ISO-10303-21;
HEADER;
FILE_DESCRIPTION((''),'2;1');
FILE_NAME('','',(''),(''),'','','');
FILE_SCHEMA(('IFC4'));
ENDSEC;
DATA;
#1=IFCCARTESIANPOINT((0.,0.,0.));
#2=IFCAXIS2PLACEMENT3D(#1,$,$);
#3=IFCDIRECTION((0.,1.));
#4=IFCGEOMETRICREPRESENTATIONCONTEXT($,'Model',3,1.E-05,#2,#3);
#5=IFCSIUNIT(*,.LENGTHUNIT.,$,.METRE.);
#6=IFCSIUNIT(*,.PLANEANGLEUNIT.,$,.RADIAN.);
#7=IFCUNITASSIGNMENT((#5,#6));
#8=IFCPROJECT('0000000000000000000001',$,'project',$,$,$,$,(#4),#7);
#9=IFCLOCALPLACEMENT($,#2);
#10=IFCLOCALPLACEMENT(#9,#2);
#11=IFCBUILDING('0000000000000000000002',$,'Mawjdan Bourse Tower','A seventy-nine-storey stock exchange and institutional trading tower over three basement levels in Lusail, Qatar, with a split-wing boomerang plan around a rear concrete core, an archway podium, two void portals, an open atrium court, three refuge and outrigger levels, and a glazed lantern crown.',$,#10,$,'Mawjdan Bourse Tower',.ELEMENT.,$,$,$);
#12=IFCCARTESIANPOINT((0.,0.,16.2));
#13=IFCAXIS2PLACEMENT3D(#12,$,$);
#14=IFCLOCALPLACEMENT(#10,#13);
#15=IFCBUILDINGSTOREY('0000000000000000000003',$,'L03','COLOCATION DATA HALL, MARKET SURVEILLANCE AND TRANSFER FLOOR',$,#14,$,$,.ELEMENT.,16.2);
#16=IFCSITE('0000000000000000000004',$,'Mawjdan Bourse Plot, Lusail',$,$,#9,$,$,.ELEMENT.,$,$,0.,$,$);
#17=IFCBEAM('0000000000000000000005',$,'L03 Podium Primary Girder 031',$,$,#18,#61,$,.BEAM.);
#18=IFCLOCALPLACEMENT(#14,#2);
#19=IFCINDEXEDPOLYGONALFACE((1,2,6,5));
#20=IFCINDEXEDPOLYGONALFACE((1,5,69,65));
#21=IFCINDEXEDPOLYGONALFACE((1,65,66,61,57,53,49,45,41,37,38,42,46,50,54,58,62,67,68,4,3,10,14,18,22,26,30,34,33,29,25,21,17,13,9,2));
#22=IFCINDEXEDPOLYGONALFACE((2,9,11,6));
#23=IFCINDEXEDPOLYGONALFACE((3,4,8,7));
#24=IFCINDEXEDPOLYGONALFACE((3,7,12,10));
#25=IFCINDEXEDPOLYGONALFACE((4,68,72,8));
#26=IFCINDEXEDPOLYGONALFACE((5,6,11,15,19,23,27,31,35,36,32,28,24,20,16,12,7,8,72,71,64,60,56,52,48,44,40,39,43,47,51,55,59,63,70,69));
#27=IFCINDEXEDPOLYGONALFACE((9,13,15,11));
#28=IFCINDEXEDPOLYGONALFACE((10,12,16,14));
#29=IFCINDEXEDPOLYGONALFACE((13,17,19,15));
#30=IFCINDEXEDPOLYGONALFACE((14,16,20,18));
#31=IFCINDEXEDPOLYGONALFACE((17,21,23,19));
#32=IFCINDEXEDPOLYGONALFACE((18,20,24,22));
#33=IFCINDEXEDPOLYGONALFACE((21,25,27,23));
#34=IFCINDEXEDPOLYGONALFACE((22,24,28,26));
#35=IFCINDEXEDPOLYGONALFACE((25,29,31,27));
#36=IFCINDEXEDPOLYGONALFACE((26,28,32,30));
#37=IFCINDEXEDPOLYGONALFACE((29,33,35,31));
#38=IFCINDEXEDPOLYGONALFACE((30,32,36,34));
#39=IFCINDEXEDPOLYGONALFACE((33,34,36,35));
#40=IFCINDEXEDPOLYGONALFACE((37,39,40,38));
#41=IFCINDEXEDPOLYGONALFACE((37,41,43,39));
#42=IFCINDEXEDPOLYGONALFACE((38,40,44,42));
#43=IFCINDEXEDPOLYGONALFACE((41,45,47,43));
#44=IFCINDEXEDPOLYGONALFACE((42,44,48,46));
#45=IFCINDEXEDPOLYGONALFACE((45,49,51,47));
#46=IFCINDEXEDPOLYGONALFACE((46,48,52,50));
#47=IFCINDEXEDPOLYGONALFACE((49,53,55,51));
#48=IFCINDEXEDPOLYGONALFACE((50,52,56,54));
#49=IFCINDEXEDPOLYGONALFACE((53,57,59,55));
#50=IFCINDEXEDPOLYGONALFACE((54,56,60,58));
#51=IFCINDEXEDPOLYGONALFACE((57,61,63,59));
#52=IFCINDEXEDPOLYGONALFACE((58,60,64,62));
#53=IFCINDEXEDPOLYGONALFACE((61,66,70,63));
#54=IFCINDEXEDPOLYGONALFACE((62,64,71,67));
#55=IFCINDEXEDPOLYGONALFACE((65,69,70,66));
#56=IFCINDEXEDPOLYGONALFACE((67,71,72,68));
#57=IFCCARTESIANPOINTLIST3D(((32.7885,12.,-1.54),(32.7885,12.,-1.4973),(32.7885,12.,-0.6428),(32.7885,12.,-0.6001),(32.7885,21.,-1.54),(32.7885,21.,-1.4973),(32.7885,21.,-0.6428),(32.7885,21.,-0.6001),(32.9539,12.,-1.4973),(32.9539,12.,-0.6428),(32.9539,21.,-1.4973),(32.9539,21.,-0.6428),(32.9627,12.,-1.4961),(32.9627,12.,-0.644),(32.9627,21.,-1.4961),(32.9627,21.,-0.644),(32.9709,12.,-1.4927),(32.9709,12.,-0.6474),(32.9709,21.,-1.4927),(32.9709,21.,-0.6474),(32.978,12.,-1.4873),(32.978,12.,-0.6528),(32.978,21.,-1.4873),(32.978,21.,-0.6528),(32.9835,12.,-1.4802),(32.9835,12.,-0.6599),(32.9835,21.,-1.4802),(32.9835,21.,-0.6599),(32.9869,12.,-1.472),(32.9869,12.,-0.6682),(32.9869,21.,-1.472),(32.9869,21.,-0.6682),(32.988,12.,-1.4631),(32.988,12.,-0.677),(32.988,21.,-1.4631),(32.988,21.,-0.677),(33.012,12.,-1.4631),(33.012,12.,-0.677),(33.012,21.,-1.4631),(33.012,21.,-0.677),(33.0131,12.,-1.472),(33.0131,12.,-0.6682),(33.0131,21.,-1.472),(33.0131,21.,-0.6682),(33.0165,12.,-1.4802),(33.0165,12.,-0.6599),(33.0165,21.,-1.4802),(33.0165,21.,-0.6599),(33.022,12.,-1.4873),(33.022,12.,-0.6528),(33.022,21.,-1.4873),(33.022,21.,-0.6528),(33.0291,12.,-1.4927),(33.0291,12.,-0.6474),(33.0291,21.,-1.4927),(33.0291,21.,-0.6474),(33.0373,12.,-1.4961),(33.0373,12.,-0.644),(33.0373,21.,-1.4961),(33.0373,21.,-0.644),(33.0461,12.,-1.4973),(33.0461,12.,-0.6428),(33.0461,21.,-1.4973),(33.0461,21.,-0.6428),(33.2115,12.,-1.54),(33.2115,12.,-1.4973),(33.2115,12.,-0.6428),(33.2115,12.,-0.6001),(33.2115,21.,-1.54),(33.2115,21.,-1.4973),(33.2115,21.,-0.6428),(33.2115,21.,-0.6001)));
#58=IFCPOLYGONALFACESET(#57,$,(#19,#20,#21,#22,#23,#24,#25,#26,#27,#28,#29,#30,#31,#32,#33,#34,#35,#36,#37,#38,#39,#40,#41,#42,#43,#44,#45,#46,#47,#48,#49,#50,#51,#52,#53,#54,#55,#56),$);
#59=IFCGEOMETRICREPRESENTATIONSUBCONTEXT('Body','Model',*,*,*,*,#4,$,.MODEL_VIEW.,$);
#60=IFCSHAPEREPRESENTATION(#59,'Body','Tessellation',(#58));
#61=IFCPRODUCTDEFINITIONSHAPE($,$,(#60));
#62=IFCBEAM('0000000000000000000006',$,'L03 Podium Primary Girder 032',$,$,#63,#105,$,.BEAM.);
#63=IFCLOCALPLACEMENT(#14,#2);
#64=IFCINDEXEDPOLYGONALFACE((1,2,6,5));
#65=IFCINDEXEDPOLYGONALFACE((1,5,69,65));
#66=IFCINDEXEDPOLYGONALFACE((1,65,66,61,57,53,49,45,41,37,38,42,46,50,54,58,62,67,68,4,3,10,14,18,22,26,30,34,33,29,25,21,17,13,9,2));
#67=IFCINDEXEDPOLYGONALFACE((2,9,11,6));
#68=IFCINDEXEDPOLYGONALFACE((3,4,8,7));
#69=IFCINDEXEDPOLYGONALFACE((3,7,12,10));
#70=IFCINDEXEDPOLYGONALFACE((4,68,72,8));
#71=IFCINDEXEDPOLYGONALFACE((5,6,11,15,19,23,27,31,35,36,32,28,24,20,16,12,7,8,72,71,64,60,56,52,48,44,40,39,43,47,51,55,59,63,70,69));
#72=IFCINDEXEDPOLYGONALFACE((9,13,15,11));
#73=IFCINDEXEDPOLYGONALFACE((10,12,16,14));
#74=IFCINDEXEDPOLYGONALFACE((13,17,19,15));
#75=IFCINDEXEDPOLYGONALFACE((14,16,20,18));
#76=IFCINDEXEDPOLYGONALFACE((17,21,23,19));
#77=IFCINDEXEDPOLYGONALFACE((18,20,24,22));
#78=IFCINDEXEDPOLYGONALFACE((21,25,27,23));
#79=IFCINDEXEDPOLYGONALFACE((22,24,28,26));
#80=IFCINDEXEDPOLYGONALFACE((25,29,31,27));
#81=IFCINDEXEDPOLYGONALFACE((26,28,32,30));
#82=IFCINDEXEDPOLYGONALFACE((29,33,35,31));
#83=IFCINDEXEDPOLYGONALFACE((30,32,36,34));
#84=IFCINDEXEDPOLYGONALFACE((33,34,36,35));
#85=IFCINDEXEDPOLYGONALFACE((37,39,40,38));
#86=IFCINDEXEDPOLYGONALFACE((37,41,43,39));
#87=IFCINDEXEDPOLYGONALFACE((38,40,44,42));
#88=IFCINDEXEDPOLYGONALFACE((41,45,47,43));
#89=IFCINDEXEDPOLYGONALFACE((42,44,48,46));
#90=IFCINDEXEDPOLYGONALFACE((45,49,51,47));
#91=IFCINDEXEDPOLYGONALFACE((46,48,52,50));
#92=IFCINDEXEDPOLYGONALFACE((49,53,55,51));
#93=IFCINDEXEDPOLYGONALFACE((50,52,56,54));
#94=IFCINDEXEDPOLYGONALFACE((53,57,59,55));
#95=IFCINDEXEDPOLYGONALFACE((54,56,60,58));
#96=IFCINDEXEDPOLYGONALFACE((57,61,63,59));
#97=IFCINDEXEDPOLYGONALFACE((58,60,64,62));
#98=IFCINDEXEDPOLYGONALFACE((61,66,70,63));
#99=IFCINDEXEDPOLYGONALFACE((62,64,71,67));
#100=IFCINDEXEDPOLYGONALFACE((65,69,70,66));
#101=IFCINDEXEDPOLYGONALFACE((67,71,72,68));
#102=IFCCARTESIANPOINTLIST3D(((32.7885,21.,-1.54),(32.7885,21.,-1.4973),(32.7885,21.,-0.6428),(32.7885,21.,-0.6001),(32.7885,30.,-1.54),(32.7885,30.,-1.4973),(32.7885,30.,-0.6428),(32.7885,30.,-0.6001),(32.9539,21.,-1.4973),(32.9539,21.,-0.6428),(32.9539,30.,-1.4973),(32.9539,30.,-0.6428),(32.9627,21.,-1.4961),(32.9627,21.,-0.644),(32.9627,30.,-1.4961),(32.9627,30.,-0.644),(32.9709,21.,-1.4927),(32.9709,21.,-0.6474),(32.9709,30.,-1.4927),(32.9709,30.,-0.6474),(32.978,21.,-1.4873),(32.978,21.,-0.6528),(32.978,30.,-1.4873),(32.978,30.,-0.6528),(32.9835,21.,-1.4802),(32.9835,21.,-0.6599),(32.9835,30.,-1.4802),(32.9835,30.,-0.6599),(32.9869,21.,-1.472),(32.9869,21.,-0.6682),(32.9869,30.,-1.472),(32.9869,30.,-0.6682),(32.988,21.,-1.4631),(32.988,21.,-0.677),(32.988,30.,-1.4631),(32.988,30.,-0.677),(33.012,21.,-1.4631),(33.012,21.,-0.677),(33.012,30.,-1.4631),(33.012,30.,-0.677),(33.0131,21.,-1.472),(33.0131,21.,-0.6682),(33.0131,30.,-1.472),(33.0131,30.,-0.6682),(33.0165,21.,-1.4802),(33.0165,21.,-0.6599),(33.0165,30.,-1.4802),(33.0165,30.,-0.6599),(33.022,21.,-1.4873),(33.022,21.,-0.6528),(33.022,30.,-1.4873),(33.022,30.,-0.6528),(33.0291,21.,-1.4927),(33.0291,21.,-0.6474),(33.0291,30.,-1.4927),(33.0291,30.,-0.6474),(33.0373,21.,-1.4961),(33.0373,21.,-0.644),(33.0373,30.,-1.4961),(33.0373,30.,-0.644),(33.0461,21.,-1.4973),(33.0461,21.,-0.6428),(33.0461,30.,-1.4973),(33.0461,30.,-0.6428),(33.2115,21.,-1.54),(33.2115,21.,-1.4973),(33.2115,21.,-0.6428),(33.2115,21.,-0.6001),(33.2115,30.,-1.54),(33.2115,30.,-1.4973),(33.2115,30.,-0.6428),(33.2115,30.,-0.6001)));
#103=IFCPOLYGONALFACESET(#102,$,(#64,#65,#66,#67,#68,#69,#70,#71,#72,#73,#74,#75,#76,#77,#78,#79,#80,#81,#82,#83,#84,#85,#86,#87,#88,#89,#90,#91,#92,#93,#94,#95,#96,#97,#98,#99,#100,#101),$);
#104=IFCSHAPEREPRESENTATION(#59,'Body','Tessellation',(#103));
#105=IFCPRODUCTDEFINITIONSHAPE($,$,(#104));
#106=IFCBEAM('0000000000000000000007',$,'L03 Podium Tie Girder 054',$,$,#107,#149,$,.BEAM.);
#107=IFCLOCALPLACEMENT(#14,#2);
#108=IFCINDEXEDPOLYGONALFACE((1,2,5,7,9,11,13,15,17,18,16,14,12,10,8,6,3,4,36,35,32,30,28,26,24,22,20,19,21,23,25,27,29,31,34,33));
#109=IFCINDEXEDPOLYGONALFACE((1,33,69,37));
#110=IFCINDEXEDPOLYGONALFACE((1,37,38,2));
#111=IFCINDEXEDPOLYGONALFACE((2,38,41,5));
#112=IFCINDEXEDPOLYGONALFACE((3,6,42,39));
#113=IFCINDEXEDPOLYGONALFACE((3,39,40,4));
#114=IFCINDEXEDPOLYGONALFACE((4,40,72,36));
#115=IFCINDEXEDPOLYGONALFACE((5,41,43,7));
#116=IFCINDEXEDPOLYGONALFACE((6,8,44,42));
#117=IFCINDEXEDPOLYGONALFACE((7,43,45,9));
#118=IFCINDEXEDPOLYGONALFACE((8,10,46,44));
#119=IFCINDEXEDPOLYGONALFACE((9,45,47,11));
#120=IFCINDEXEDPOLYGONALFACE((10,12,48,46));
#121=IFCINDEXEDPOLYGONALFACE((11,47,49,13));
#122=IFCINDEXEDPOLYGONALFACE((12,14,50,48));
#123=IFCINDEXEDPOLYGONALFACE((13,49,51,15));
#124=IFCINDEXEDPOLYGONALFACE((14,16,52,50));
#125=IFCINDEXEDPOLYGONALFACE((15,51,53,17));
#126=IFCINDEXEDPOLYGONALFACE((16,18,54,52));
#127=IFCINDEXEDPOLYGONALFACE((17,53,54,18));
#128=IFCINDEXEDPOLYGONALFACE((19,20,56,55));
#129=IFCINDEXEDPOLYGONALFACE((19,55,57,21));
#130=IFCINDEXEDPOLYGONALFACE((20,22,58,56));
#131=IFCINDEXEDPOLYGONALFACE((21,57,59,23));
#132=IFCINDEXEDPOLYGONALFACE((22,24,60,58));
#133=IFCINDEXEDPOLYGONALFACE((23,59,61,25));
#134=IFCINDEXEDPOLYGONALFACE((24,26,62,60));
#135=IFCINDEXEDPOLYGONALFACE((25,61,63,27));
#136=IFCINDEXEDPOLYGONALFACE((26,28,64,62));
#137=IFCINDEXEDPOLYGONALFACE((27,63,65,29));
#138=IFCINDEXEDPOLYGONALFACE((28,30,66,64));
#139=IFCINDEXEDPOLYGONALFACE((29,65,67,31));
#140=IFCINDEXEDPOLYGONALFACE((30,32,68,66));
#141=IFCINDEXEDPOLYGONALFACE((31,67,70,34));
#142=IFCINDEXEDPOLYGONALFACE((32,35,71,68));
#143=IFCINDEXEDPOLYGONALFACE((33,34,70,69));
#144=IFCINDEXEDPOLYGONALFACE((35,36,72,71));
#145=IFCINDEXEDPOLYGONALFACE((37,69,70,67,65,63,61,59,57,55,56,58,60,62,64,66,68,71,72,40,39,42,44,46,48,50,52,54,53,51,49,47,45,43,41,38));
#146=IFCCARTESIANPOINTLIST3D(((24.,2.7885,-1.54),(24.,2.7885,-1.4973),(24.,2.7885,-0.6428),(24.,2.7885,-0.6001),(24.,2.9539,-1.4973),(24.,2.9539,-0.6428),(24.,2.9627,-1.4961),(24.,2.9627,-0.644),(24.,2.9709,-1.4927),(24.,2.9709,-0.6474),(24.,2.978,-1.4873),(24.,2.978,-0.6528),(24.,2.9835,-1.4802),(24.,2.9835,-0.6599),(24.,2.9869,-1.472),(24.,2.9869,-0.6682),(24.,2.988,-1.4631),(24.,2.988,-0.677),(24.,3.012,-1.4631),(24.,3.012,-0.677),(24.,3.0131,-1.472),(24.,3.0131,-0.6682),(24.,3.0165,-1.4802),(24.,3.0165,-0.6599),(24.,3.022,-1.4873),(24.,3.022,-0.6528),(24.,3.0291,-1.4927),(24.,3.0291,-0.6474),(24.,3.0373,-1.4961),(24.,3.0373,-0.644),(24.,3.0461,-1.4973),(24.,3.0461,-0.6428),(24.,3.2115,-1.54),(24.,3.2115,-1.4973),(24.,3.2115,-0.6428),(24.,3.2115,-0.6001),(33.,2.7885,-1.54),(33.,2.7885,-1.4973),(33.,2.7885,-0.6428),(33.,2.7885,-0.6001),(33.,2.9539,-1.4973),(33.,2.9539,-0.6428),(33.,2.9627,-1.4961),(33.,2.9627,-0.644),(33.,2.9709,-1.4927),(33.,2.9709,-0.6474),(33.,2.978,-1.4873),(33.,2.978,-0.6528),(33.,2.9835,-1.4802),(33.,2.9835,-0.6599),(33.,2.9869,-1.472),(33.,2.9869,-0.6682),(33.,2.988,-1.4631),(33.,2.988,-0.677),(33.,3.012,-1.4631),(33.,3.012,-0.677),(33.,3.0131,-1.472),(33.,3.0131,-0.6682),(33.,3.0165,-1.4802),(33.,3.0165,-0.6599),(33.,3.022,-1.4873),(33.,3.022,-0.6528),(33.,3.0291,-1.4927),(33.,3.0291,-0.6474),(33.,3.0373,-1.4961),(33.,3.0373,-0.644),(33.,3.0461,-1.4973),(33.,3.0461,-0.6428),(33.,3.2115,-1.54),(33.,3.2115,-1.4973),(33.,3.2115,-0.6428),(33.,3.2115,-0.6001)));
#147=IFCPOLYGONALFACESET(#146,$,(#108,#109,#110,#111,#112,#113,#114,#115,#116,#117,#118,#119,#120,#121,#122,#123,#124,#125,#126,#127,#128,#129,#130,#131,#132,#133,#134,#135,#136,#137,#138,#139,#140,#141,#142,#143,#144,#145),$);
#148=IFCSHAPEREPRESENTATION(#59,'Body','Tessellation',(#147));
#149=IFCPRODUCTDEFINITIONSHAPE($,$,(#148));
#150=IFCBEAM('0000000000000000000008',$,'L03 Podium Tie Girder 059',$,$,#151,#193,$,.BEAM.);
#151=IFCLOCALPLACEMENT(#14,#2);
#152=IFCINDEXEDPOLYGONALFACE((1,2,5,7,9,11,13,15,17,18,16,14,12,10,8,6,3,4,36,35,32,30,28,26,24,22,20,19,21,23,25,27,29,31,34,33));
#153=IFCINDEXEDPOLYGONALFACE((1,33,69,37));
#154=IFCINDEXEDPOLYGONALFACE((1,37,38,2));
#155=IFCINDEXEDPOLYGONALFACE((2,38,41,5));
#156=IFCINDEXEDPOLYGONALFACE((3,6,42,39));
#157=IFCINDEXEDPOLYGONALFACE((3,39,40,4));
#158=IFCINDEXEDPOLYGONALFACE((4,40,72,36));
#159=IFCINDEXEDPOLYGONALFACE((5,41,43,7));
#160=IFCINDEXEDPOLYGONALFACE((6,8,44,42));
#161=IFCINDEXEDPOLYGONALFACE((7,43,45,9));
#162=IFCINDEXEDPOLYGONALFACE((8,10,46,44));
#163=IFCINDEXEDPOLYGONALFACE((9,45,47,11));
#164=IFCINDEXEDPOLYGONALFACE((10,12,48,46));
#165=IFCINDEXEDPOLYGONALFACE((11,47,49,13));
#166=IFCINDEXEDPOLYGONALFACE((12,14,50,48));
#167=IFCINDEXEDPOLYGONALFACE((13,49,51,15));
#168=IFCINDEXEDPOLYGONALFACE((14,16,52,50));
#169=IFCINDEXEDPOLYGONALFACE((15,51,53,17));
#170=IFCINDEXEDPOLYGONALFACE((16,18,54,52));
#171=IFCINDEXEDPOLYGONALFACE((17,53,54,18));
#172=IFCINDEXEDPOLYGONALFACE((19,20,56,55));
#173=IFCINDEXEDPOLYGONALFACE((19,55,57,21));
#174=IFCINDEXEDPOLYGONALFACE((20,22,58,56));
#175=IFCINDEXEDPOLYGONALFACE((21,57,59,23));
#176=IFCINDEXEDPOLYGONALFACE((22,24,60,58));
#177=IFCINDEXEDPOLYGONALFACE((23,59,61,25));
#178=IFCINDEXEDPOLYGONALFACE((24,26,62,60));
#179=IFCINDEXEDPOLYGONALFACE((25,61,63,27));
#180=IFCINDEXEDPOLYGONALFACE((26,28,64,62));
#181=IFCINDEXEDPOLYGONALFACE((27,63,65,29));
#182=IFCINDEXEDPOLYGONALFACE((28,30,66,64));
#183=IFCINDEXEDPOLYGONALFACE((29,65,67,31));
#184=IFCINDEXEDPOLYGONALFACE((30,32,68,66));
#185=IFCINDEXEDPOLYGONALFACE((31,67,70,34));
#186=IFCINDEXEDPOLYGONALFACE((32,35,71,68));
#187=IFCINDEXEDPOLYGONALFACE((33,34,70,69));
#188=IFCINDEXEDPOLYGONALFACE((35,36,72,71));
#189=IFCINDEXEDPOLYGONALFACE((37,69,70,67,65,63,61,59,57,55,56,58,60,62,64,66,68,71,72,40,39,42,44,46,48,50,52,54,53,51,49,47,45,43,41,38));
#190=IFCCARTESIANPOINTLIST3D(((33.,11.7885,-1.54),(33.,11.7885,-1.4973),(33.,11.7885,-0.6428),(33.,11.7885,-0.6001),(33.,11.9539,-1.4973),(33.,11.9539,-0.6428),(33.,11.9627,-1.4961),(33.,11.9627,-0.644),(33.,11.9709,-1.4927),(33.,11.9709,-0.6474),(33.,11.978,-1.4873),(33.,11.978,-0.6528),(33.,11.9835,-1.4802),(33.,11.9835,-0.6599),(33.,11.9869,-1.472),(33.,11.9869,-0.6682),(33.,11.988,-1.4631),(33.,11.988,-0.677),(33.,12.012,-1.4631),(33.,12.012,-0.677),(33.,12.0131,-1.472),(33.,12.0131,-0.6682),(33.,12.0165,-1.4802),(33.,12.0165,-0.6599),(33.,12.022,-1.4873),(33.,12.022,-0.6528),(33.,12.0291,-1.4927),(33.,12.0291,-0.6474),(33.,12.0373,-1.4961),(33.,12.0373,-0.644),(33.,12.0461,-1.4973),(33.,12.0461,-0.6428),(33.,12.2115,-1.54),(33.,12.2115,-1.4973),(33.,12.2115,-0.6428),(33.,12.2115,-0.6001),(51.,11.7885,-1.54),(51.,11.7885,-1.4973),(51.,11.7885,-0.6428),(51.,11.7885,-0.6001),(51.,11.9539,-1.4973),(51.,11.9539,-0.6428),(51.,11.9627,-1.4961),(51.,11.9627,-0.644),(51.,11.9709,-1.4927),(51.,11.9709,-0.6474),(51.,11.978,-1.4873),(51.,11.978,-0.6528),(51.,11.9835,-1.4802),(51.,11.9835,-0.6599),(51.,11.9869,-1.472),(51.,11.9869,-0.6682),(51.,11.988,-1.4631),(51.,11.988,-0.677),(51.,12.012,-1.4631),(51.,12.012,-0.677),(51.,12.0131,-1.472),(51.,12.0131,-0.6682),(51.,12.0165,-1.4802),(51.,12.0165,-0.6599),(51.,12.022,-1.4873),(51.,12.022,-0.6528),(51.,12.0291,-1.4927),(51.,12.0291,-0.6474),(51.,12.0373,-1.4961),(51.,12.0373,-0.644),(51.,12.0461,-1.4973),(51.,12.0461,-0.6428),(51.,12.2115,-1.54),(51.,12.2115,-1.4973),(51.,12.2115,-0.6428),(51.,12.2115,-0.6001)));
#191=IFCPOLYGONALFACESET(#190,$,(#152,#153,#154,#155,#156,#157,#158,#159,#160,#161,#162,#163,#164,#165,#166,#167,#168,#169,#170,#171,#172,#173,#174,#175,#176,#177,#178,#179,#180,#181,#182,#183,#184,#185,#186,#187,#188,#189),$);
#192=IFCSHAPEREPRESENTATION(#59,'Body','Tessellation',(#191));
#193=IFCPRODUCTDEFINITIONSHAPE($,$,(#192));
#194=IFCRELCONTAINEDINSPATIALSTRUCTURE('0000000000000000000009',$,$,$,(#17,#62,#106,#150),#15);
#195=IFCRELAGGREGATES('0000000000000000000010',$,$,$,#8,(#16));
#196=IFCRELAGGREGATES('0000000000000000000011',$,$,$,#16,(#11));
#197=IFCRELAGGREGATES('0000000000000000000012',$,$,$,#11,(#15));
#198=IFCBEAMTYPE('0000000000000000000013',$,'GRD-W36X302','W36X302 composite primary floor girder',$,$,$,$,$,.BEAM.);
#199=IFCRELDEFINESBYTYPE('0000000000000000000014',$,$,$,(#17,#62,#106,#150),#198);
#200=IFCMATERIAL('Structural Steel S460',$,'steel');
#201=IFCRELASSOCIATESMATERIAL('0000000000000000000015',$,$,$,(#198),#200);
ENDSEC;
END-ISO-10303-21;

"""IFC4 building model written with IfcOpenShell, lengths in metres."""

from ifc_helpers import new_model, si_unit, direction, frame, origin, origin_2d, place, context, subcontext, project, spatial, i_section, extrude, material, material_profile, profile_set, type_object, element, save


model = new_model("IFC4")

# Units and contexts
model_context = context("Model", 3, precision=1e-05, world=origin(), true_north=direction((0.0, 1.0)))
body_context = subcontext(model_context, "Body", "Model", "MODEL_VIEW")
ifc_project = project(units=[si_unit("LENGTHUNIT", "METRE"), si_unit("PLANEANGLEUNIT", "RADIAN")], contexts=[model_context])

# Site, building, storey
site_placement = place(None, origin())
site = spatial("IfcSite", under=ifc_project, at=site_placement, Name="Mawjdan Bourse Plot, Lusail", CompositionType="ELEMENT", RefElevation=0.0)
building_placement = place(site_placement, origin())
building = spatial("IfcBuilding", under=site, at=building_placement, Name="Mawjdan Bourse Tower", Description="A seventy-nine-storey stock exchange and institutional trading tower over three basement levels in Lusail, Qatar, with a split-wing boomerang plan around a rear concrete core, an archway podium, two void portals, an open atrium court, three refuge and outrigger levels, and a glazed lantern crown.", LongName="Mawjdan Bourse Tower", CompositionType="ELEMENT")
storey_placement = place(building_placement, frame((0.0, 0.0, 16.2)))
storey = spatial("IfcBuildingStorey", under=building, at=storey_placement, Name="L03", Description="COLOCATION DATA HALL, MARKET SURVEILLANCE AND TRANSFER FLOOR", CompositionType="ELEMENT", Elevation=16.2)

# Shared definitions
ifc_material_1 = material(Name="Structural Steel S460", Category="steel")

# Beams
ifc_material_profile_1 = material_profile(ifc_material_1, i_section(OverallWidth=0.4231, OverallDepth=0.9399, WebThickness=0.0239, FlangeThickness=0.0427, FilletRadius=0.0342, at=origin_2d()), Name="W36X302")
ifc_profile_set_1 = profile_set([ifc_material_profile_1], Name="Structural Steel S460")
beam_type_1 = type_object("IfcBeamType", Name="GRD-W36X302", Description="W36X302 composite primary floor girder", PredefinedType="BEAM", material=ifc_profile_set_1)
for number, where, z_axis, x_axis, name in (
    (1, (33.0, 12.0, -1.0701), (0.0, 1.0, 0.0), (-1.0, 0.0, 0.0), "L03 Podium Primary Girder 031"),
    (2, (33.0, 21.0, -1.0701), (0.0, 1.0, 0.0), (-1.0, 0.0, 0.0), "L03 Podium Primary Girder 032"),
    (3, (24.0, 3.0, -1.0701), (1.0, 0.0, 0.0), (0.0, 1.0, 0.0), "L03 Podium Tie Girder 054"),
):
    element("IfcBeam", number, at=place(storey_placement, frame(where, z_axis=z_axis, x_axis=x_axis)), inside=storey, type_object=beam_type_1, Name=name, PredefinedType="BEAM", context=body_context, shape_type="SweptSolid", body=[
        extrude(i_section(OverallWidth=0.4231, OverallDepth=0.9399, WebThickness=0.0239, FlangeThickness=0.0427, FilletRadius=0.0342, at=origin_2d()), origin(), (0.0, 0.0, 1.0), 9.0),
    ])
beam_1_placement = place(storey_placement, frame((33.0, 12.0, -1.0701), z_axis=(1.0, 0.0, 0.0), x_axis=(0.0, 1.0, 0.0)))
element("IfcBeam", 4, at=beam_1_placement, inside=storey, type_object=beam_type_1, Name="L03 Podium Tie Girder 059", PredefinedType="BEAM", context=body_context, shape_type="SweptSolid", body=[
    extrude(i_section(OverallWidth=0.4231, OverallDepth=0.9399, WebThickness=0.0239, FlangeThickness=0.0427, FilletRadius=0.0342, at=origin_2d()), origin(), (0.0, 0.0, 1.0), 18.0),
])

save(model, "model.ifc")
